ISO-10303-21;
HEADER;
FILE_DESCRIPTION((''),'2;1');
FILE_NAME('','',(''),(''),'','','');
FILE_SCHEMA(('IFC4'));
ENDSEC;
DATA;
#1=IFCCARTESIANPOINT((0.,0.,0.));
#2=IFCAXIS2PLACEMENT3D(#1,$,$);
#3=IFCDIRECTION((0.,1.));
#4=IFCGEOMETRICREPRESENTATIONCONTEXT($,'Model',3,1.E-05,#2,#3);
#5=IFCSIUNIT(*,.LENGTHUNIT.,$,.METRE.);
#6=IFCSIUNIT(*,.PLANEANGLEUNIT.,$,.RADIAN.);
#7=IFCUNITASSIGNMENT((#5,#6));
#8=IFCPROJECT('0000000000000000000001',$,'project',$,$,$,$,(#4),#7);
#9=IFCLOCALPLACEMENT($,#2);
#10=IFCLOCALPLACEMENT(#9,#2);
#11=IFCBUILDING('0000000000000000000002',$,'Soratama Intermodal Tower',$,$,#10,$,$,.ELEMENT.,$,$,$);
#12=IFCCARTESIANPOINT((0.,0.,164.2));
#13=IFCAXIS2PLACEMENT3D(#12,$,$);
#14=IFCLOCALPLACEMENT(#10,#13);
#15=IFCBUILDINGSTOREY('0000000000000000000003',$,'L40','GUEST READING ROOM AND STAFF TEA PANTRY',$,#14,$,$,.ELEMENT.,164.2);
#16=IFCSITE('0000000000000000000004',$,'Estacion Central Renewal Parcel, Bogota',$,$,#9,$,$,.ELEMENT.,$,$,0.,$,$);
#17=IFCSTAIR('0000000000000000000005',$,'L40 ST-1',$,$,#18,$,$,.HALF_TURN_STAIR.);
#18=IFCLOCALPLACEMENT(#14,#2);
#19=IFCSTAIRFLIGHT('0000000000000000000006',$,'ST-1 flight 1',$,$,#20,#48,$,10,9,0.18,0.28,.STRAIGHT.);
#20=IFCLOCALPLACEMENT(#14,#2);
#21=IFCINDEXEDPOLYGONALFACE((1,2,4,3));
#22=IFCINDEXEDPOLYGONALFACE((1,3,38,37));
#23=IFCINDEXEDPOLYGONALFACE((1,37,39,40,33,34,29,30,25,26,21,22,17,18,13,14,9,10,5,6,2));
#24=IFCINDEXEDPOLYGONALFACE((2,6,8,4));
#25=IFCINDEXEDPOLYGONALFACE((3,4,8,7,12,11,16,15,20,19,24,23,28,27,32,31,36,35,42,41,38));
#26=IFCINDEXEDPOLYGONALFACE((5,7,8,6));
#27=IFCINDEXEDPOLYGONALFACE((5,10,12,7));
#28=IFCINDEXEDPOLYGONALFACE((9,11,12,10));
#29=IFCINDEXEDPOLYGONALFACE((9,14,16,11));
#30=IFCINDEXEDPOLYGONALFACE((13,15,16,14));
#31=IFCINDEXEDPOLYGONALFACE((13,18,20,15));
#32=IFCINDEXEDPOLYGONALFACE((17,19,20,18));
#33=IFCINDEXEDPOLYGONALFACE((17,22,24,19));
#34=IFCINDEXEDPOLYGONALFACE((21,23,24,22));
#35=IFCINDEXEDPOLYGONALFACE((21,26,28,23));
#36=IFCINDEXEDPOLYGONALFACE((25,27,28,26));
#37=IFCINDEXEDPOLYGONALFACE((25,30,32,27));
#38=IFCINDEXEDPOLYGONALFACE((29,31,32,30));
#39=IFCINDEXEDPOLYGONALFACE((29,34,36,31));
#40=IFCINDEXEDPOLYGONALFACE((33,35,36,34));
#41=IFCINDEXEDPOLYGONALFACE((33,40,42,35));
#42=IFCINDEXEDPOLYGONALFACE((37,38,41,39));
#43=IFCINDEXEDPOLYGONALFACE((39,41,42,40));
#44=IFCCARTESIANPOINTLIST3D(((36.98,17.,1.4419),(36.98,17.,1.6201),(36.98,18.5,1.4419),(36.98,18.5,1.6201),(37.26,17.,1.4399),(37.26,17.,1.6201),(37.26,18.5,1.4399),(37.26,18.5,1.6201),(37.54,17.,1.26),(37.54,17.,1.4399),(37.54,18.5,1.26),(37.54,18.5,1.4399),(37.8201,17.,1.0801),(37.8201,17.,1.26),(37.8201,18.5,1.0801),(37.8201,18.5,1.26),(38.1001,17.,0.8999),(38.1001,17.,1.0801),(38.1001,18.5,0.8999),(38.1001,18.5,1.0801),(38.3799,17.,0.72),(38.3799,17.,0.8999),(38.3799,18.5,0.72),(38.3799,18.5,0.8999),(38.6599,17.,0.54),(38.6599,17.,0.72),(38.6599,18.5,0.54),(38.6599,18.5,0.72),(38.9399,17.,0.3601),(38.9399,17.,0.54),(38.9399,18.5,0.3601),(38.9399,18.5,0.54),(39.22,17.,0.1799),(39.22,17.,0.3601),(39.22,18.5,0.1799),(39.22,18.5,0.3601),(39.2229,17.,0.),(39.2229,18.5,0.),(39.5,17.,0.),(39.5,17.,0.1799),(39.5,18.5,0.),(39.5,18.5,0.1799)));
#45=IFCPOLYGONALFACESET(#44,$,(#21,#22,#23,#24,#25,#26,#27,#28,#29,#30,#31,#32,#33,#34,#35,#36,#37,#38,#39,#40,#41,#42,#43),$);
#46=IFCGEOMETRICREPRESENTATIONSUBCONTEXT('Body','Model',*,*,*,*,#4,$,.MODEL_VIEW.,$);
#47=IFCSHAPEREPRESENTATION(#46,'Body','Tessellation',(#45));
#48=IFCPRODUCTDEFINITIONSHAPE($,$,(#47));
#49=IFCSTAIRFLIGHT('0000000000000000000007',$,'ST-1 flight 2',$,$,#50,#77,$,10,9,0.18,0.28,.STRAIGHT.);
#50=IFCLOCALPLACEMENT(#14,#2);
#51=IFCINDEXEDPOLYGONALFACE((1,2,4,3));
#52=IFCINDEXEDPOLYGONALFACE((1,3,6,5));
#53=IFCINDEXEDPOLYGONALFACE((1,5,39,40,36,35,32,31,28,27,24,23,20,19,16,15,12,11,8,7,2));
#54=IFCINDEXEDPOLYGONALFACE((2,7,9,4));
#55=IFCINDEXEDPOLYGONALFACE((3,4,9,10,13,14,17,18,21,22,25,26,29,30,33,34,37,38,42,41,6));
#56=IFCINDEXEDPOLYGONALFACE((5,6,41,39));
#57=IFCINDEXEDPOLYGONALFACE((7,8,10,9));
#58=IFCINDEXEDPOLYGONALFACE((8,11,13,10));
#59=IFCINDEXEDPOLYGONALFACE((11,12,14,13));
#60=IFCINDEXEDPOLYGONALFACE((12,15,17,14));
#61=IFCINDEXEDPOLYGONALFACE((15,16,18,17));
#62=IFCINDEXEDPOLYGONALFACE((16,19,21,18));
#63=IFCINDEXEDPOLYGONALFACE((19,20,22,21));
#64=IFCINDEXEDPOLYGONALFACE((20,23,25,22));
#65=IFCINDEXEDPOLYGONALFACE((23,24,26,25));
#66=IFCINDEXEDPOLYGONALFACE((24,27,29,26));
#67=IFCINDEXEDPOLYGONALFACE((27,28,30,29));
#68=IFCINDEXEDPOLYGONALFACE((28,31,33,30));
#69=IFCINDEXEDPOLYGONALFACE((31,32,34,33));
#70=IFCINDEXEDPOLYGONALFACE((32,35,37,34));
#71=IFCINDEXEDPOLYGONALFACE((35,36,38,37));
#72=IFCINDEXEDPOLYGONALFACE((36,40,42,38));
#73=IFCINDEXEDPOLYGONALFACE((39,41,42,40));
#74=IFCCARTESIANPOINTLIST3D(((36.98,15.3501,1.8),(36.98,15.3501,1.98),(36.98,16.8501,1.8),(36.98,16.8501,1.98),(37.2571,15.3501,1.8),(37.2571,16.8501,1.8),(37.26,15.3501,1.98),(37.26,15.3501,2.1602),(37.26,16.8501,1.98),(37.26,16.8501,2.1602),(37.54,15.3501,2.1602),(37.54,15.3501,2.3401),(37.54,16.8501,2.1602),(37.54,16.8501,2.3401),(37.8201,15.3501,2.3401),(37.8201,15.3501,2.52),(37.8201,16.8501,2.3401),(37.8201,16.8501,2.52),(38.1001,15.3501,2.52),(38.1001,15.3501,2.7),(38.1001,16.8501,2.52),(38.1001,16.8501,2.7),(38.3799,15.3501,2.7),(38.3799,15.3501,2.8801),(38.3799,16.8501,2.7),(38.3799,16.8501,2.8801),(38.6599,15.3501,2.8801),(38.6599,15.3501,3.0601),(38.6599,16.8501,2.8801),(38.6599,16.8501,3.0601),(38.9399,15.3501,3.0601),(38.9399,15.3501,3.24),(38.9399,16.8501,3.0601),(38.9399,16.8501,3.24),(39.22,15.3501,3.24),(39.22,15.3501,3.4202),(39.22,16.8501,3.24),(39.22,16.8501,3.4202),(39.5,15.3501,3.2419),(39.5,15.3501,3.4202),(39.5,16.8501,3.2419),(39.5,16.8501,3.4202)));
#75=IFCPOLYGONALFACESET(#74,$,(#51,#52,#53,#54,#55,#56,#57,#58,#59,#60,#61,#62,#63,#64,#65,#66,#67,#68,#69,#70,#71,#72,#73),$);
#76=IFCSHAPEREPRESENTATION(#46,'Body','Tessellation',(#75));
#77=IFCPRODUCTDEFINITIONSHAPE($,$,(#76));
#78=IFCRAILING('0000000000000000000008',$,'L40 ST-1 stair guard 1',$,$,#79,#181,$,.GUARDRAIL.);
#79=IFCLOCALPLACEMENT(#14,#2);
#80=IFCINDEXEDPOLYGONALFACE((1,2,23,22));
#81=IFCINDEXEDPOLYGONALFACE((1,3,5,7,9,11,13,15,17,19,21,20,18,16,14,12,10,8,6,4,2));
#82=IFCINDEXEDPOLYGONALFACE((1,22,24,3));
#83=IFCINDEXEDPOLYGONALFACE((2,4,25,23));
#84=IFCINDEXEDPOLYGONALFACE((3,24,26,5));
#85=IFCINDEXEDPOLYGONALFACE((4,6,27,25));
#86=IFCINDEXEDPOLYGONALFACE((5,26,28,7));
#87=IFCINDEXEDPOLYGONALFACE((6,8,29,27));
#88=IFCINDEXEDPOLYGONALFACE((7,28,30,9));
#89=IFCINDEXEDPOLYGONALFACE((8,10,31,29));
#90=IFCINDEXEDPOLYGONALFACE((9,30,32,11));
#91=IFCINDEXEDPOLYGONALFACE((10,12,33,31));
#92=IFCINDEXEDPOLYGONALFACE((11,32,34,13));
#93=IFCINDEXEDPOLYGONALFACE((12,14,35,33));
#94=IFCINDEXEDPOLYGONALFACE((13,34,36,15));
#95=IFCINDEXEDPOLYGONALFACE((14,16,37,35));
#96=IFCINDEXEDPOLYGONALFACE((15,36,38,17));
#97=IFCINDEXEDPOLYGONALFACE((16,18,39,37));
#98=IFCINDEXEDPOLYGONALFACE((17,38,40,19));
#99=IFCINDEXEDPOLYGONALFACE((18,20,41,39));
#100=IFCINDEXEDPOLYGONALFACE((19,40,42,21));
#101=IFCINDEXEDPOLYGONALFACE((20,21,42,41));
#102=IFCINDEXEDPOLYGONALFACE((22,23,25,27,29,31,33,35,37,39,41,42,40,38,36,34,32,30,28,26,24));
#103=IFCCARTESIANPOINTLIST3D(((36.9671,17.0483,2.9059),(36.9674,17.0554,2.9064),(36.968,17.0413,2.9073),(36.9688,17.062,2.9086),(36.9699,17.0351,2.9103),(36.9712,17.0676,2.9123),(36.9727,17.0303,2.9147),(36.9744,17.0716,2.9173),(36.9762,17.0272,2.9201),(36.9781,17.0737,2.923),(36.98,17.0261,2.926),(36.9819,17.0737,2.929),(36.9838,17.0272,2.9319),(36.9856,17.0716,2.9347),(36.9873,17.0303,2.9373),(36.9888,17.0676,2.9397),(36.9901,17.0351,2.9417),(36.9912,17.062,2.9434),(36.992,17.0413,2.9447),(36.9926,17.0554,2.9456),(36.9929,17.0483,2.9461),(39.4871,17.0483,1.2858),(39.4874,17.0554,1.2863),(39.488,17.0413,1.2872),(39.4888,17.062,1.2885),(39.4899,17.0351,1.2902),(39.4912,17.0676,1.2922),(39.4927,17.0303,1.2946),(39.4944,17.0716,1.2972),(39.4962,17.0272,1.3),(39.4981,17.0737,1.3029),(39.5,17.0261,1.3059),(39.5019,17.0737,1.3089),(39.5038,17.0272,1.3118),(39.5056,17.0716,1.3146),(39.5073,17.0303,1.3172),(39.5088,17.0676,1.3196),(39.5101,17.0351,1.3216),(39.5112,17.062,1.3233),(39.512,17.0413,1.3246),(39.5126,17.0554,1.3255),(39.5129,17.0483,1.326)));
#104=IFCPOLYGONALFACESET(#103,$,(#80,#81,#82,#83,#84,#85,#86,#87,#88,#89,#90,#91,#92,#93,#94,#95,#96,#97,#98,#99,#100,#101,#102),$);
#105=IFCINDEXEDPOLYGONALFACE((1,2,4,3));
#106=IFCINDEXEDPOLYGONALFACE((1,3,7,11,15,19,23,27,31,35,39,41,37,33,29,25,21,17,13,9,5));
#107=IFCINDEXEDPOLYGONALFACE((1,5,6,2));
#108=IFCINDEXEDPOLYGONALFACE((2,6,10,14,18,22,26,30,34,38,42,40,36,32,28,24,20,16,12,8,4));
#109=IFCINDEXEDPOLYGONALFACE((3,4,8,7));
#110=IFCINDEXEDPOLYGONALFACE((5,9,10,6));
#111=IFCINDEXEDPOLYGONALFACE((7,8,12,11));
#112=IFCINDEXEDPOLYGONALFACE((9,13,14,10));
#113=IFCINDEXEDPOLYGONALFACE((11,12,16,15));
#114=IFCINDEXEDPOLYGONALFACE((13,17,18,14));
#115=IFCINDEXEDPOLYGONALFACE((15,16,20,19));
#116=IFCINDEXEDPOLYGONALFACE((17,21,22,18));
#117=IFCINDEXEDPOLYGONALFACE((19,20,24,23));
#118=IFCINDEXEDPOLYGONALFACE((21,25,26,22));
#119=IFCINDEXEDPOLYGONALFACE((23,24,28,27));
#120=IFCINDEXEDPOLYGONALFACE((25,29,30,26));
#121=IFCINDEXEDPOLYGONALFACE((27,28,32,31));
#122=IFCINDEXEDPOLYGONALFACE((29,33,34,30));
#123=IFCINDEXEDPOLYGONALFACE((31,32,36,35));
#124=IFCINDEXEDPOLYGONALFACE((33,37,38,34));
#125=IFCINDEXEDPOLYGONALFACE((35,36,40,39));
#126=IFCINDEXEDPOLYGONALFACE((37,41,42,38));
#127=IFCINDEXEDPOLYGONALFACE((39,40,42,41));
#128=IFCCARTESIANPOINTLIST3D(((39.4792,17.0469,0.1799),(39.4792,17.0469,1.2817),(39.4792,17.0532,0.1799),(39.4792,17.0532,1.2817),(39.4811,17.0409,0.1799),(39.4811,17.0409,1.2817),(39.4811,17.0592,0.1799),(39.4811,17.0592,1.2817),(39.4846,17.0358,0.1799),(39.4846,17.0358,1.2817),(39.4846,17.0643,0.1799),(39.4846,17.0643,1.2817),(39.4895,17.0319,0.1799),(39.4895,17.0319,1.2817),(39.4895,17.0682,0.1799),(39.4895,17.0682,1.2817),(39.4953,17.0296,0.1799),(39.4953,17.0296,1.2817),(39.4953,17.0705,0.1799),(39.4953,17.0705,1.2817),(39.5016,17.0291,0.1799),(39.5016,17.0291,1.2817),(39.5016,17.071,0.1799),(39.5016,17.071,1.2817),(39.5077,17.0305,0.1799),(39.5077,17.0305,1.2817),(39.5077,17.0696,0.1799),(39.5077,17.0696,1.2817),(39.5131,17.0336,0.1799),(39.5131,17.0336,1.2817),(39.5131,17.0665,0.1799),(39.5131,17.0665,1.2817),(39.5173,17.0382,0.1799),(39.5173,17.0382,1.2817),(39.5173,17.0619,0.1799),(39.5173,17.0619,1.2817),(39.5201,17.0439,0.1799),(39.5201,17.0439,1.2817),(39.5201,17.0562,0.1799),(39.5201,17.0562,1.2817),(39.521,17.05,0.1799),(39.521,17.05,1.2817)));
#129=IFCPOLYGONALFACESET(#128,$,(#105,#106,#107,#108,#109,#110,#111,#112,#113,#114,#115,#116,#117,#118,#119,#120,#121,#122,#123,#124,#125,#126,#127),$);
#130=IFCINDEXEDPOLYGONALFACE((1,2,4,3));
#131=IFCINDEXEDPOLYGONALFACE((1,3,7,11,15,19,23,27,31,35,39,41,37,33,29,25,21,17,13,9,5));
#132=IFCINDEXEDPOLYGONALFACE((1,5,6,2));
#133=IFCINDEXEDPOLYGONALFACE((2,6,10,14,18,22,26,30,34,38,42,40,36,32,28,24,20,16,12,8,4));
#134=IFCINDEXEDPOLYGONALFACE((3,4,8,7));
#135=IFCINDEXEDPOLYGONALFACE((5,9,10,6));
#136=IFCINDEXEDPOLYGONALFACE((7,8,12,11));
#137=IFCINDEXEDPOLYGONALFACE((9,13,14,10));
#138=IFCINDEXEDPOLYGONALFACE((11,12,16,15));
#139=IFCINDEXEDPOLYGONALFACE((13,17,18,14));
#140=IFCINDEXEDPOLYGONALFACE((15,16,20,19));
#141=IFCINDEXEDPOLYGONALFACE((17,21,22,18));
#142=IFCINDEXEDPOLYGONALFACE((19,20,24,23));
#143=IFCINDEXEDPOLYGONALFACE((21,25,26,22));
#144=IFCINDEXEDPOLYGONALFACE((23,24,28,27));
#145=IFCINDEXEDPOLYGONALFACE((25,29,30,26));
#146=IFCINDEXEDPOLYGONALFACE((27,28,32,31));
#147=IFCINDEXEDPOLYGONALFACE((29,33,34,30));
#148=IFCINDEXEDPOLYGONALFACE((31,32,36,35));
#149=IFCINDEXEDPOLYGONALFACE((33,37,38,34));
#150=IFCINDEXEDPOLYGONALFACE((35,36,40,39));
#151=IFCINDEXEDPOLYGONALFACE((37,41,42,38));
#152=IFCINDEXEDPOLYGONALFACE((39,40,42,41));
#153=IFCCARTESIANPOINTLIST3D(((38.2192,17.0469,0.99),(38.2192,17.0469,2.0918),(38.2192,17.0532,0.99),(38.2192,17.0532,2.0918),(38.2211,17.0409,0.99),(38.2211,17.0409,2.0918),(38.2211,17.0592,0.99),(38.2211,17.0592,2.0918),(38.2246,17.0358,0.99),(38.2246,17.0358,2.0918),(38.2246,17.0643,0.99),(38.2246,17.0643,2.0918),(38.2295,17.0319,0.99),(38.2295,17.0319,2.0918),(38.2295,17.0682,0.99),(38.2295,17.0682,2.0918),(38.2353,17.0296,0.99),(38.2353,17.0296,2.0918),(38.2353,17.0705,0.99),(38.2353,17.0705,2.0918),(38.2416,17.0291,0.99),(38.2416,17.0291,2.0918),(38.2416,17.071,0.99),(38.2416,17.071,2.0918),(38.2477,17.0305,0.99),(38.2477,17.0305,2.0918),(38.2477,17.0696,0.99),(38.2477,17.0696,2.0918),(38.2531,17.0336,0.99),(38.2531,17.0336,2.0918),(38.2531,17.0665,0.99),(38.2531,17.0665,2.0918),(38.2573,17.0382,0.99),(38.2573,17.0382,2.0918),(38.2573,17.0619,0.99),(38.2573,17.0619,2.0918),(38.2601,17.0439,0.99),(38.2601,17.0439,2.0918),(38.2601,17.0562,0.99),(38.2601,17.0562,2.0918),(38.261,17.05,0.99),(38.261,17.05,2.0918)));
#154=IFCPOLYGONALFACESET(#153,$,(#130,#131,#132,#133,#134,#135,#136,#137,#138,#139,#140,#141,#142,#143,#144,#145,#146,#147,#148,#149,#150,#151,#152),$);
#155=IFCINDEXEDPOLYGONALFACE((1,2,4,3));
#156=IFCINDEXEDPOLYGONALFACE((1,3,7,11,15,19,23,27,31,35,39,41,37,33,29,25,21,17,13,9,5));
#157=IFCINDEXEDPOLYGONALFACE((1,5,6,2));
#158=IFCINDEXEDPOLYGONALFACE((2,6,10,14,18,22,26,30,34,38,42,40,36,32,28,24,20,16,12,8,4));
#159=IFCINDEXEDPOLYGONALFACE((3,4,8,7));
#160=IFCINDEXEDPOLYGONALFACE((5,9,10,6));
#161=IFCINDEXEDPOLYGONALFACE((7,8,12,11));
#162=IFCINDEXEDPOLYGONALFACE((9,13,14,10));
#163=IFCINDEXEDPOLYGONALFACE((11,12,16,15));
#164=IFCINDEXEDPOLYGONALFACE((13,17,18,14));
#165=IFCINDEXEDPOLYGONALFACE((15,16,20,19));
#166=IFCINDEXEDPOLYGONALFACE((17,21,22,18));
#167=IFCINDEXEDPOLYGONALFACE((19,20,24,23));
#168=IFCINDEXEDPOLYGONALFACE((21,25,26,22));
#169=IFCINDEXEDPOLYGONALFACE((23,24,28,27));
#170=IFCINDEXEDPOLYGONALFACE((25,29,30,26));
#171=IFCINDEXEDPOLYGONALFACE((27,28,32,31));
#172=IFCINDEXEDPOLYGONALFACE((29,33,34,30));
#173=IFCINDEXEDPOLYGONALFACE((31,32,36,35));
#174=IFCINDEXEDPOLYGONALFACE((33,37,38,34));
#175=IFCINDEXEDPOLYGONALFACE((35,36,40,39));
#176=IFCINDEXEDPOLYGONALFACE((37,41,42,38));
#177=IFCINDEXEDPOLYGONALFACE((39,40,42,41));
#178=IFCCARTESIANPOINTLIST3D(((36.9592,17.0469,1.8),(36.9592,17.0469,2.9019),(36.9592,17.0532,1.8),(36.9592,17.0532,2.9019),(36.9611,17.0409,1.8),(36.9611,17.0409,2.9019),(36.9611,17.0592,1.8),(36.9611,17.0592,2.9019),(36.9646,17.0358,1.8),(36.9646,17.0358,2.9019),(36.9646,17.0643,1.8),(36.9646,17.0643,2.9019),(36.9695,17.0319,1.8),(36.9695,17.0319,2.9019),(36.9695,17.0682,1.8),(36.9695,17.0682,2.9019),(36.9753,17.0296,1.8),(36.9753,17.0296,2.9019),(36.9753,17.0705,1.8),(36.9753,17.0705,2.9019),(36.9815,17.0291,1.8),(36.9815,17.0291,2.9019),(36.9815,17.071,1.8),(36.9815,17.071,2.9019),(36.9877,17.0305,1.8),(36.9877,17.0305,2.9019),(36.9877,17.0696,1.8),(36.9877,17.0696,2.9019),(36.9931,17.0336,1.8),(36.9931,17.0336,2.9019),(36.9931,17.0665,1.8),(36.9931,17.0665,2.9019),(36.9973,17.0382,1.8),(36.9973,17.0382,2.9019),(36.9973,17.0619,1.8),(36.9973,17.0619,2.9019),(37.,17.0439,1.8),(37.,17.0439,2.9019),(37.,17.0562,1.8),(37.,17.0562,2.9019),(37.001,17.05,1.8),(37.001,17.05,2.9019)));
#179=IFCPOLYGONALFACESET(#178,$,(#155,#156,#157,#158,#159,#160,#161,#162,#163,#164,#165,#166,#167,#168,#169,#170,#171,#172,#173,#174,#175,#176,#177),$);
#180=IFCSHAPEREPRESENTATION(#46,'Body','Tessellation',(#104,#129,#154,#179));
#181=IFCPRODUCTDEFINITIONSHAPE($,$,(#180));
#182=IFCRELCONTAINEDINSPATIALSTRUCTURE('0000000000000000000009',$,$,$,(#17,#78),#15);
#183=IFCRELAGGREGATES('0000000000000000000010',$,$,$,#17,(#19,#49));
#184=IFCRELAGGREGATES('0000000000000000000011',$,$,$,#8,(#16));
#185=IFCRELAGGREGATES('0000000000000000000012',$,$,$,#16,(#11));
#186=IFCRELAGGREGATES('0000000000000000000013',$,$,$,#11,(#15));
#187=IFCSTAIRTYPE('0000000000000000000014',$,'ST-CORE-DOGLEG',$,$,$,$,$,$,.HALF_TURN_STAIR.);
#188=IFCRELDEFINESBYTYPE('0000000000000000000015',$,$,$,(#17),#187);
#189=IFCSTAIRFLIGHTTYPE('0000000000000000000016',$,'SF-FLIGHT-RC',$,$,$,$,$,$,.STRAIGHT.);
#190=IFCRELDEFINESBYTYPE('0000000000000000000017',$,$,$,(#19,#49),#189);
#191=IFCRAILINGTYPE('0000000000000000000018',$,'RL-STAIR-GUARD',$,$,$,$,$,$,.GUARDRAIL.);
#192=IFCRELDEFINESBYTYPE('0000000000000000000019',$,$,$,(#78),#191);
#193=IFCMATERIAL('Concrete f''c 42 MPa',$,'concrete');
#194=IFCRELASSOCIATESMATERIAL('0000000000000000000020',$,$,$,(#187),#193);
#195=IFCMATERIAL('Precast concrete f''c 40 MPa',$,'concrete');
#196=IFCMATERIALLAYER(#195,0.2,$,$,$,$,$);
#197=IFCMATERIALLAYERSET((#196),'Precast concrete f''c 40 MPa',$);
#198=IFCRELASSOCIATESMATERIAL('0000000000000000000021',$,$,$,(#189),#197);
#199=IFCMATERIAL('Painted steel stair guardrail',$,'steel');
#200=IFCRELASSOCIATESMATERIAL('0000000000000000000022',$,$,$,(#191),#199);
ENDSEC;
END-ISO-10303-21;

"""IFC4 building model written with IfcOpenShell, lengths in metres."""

from ifc_helpers import new_model, si_unit, direction, frame, origin, origin_2d, place, context, subcontext, project, spatial, polyline, circle, outline, extrude, material, layer, layer_set, type_object, element, aggregate, save


model = new_model("IFC4")

# Units and contexts
model_context = context("Model", 3, precision=1e-05, world=origin(), true_north=direction((0.0, 1.0)))
body_context = subcontext(model_context, "Body", "Model", "MODEL_VIEW")
ifc_project = project(units=[si_unit("LENGTHUNIT", "METRE"), si_unit("PLANEANGLEUNIT", "RADIAN")], contexts=[model_context])

# Site, building, storey
site_placement = place(None, origin())
site = spatial("IfcSite", under=ifc_project, at=site_placement, Name="Estacion Central Renewal Parcel, Bogota", CompositionType="ELEMENT", RefElevation=0.0)
building_placement = place(site_placement, origin())
building = spatial("IfcBuilding", under=site, at=building_placement, Name="Soratama Intermodal Tower", CompositionType="ELEMENT")
storey_placement = place(building_placement, frame((0.0, 0.0, 164.2)))
storey = spatial("IfcBuildingStorey", under=building, at=storey_placement, Name="L40", Description="GUEST READING ROOM AND STAFF TEA PANTRY", CompositionType="ELEMENT", Elevation=164.2)

# Stair, stair flights
ifc_material_1 = material(Name="Concrete f'c 42 MPa", Category="concrete")
stair_type = type_object("IfcStairType", Name="ST-CORE-DOGLEG", PredefinedType="HALF_TURN_STAIR", material=ifc_material_1)
stair_placement = place(storey_placement, origin())
stair = element("IfcStair", 1, at=stair_placement, inside=storey, type_object=stair_type, Name="L40 ST-1", PredefinedType="HALF_TURN_STAIR")
ifc_material_2 = material(Name="Precast concrete f'c 40 MPa", Category="concrete")
ifc_layer_1 = layer(ifc_material_2, 0.2)
ifc_layer_set_1 = layer_set([ifc_layer_1], Name="Precast concrete f'c 40 MPa")
stair_flight_type = type_object("IfcStairFlightType", Name="SF-FLIGHT-RC", PredefinedType="STRAIGHT", material=ifc_layer_set_1)
stair_flight_1_placement = place(storey_placement, frame((39.5, 17.75, 0.0), z_axis=(0.0, 0.0, 1.0), x_axis=(-1.0, 0.0, 0.0)))
stair_flight_1 = element("IfcStairFlight", 2, at=stair_flight_1_placement, type_object=stair_flight_type, Name="ST-1 flight 1", NumberOfRisers=10, NumberOfTreads=9, PredefinedType="STRAIGHT", RiserHeight=0.18, TreadLength=0.28, context=body_context, shape_type="SweptSolid", body=[
    extrude(outline(polyline([(0.0, 0.0), (0.0, 0.1799), (0.28, 0.1799), (0.28, 0.3601), (0.5601, 0.3601), (0.5601, 0.54), (0.8401, 0.54), (0.8401, 0.72), (1.1201, 0.72), (1.1201, 0.8999), (1.3999, 0.8999), (1.3999, 1.0801), (1.6799, 1.0801), (1.6799, 1.26), (1.96, 1.26), (1.96, 1.4399), (2.24, 1.4399), (2.24, 1.6201), (2.52, 1.6201), (2.52, 1.8), (2.52, 1.4419), (0.2771, 0.0), (0.0, 0.0)])), frame((0.0, 0.75, 0.0), z_axis=(0.0, -1.0, 0.0), x_axis=(1.0, 0.0, 0.0)), (0.0, 0.0, 1.0), 1.5),
])
stair_flight_2_placement = place(storey_placement, frame((36.98, 16.1001, 1.8), z_axis=(0.0, 0.0, 1.0), x_axis=(1.0, 0.0, 0.0)))
stair_flight_2 = element("IfcStairFlight", 3, at=stair_flight_2_placement, type_object=stair_flight_type, Name="ST-1 flight 2", NumberOfRisers=10, NumberOfTreads=9, PredefinedType="STRAIGHT", RiserHeight=0.18, TreadLength=0.28, context=body_context, shape_type="SweptSolid", body=[
    extrude(outline(polyline([(0.0, 0.0), (0.0, 0.1799), (0.28, 0.1799), (0.28, 0.3601), (0.5601, 0.3601), (0.5601, 0.54), (0.8401, 0.54), (0.8401, 0.72), (1.1201, 0.72), (1.1201, 0.8999), (1.3999, 0.8999), (1.3999, 1.0801), (1.6799, 1.0801), (1.6799, 1.26), (1.96, 1.26), (1.96, 1.4399), (2.24, 1.4399), (2.24, 1.6201), (2.52, 1.6201), (2.52, 1.8), (2.52, 1.4419), (0.2771, 0.0), (0.0, 0.0)])), frame((0.0, 0.75, 0.0), z_axis=(0.0, -1.0, 0.0), x_axis=(1.0, 0.0, 0.0)), (0.0, 0.0, 1.0), 1.5),
])
aggregate(stair, [stair_flight_1, stair_flight_2])

# Railing
ifc_material_3 = material(Name="Painted steel stair guardrail", Category="steel")
railing_type_1 = type_object("IfcRailingType", Name="RL-STAIR-GUARD", PredefinedType="GUARDRAIL", material=ifc_material_3)
railing_1_placement = place(storey_placement, frame((39.5, 17.05, 0.1799)))
element("IfcRailing", 4, at=railing_1_placement, inside=storey, type_object=railing_type_1, Name="L40 ST-1 stair guard 1", PredefinedType="GUARDRAIL", context=body_context, shape_type="SweptSolid", body=[
    extrude(circle(Radius=0.0239, at=origin_2d()), frame((0.0, 0.0, 1.126), z_axis=(-0.841163, 0.0, 0.540782), x_axis=(0.0, -1.0, 0.0)), (0.0, 0.0, 1.0), 2.9958),
    extrude(circle(Radius=0.021, at=origin_2d()), origin(), (0.0, 0.0, 1.0), 1.1018),
    extrude(circle(Radius=0.021, at=origin_2d()), frame((-1.26, 0.0, 0.8101)), (0.0, 0.0, 1.0), 1.1018),
    extrude(circle(Radius=0.021, at=origin_2d()), frame((-2.52, 0.0, 1.6201)), (0.0, 0.0, 1.0), 1.1018),
])

save(model, "model.ifc")
